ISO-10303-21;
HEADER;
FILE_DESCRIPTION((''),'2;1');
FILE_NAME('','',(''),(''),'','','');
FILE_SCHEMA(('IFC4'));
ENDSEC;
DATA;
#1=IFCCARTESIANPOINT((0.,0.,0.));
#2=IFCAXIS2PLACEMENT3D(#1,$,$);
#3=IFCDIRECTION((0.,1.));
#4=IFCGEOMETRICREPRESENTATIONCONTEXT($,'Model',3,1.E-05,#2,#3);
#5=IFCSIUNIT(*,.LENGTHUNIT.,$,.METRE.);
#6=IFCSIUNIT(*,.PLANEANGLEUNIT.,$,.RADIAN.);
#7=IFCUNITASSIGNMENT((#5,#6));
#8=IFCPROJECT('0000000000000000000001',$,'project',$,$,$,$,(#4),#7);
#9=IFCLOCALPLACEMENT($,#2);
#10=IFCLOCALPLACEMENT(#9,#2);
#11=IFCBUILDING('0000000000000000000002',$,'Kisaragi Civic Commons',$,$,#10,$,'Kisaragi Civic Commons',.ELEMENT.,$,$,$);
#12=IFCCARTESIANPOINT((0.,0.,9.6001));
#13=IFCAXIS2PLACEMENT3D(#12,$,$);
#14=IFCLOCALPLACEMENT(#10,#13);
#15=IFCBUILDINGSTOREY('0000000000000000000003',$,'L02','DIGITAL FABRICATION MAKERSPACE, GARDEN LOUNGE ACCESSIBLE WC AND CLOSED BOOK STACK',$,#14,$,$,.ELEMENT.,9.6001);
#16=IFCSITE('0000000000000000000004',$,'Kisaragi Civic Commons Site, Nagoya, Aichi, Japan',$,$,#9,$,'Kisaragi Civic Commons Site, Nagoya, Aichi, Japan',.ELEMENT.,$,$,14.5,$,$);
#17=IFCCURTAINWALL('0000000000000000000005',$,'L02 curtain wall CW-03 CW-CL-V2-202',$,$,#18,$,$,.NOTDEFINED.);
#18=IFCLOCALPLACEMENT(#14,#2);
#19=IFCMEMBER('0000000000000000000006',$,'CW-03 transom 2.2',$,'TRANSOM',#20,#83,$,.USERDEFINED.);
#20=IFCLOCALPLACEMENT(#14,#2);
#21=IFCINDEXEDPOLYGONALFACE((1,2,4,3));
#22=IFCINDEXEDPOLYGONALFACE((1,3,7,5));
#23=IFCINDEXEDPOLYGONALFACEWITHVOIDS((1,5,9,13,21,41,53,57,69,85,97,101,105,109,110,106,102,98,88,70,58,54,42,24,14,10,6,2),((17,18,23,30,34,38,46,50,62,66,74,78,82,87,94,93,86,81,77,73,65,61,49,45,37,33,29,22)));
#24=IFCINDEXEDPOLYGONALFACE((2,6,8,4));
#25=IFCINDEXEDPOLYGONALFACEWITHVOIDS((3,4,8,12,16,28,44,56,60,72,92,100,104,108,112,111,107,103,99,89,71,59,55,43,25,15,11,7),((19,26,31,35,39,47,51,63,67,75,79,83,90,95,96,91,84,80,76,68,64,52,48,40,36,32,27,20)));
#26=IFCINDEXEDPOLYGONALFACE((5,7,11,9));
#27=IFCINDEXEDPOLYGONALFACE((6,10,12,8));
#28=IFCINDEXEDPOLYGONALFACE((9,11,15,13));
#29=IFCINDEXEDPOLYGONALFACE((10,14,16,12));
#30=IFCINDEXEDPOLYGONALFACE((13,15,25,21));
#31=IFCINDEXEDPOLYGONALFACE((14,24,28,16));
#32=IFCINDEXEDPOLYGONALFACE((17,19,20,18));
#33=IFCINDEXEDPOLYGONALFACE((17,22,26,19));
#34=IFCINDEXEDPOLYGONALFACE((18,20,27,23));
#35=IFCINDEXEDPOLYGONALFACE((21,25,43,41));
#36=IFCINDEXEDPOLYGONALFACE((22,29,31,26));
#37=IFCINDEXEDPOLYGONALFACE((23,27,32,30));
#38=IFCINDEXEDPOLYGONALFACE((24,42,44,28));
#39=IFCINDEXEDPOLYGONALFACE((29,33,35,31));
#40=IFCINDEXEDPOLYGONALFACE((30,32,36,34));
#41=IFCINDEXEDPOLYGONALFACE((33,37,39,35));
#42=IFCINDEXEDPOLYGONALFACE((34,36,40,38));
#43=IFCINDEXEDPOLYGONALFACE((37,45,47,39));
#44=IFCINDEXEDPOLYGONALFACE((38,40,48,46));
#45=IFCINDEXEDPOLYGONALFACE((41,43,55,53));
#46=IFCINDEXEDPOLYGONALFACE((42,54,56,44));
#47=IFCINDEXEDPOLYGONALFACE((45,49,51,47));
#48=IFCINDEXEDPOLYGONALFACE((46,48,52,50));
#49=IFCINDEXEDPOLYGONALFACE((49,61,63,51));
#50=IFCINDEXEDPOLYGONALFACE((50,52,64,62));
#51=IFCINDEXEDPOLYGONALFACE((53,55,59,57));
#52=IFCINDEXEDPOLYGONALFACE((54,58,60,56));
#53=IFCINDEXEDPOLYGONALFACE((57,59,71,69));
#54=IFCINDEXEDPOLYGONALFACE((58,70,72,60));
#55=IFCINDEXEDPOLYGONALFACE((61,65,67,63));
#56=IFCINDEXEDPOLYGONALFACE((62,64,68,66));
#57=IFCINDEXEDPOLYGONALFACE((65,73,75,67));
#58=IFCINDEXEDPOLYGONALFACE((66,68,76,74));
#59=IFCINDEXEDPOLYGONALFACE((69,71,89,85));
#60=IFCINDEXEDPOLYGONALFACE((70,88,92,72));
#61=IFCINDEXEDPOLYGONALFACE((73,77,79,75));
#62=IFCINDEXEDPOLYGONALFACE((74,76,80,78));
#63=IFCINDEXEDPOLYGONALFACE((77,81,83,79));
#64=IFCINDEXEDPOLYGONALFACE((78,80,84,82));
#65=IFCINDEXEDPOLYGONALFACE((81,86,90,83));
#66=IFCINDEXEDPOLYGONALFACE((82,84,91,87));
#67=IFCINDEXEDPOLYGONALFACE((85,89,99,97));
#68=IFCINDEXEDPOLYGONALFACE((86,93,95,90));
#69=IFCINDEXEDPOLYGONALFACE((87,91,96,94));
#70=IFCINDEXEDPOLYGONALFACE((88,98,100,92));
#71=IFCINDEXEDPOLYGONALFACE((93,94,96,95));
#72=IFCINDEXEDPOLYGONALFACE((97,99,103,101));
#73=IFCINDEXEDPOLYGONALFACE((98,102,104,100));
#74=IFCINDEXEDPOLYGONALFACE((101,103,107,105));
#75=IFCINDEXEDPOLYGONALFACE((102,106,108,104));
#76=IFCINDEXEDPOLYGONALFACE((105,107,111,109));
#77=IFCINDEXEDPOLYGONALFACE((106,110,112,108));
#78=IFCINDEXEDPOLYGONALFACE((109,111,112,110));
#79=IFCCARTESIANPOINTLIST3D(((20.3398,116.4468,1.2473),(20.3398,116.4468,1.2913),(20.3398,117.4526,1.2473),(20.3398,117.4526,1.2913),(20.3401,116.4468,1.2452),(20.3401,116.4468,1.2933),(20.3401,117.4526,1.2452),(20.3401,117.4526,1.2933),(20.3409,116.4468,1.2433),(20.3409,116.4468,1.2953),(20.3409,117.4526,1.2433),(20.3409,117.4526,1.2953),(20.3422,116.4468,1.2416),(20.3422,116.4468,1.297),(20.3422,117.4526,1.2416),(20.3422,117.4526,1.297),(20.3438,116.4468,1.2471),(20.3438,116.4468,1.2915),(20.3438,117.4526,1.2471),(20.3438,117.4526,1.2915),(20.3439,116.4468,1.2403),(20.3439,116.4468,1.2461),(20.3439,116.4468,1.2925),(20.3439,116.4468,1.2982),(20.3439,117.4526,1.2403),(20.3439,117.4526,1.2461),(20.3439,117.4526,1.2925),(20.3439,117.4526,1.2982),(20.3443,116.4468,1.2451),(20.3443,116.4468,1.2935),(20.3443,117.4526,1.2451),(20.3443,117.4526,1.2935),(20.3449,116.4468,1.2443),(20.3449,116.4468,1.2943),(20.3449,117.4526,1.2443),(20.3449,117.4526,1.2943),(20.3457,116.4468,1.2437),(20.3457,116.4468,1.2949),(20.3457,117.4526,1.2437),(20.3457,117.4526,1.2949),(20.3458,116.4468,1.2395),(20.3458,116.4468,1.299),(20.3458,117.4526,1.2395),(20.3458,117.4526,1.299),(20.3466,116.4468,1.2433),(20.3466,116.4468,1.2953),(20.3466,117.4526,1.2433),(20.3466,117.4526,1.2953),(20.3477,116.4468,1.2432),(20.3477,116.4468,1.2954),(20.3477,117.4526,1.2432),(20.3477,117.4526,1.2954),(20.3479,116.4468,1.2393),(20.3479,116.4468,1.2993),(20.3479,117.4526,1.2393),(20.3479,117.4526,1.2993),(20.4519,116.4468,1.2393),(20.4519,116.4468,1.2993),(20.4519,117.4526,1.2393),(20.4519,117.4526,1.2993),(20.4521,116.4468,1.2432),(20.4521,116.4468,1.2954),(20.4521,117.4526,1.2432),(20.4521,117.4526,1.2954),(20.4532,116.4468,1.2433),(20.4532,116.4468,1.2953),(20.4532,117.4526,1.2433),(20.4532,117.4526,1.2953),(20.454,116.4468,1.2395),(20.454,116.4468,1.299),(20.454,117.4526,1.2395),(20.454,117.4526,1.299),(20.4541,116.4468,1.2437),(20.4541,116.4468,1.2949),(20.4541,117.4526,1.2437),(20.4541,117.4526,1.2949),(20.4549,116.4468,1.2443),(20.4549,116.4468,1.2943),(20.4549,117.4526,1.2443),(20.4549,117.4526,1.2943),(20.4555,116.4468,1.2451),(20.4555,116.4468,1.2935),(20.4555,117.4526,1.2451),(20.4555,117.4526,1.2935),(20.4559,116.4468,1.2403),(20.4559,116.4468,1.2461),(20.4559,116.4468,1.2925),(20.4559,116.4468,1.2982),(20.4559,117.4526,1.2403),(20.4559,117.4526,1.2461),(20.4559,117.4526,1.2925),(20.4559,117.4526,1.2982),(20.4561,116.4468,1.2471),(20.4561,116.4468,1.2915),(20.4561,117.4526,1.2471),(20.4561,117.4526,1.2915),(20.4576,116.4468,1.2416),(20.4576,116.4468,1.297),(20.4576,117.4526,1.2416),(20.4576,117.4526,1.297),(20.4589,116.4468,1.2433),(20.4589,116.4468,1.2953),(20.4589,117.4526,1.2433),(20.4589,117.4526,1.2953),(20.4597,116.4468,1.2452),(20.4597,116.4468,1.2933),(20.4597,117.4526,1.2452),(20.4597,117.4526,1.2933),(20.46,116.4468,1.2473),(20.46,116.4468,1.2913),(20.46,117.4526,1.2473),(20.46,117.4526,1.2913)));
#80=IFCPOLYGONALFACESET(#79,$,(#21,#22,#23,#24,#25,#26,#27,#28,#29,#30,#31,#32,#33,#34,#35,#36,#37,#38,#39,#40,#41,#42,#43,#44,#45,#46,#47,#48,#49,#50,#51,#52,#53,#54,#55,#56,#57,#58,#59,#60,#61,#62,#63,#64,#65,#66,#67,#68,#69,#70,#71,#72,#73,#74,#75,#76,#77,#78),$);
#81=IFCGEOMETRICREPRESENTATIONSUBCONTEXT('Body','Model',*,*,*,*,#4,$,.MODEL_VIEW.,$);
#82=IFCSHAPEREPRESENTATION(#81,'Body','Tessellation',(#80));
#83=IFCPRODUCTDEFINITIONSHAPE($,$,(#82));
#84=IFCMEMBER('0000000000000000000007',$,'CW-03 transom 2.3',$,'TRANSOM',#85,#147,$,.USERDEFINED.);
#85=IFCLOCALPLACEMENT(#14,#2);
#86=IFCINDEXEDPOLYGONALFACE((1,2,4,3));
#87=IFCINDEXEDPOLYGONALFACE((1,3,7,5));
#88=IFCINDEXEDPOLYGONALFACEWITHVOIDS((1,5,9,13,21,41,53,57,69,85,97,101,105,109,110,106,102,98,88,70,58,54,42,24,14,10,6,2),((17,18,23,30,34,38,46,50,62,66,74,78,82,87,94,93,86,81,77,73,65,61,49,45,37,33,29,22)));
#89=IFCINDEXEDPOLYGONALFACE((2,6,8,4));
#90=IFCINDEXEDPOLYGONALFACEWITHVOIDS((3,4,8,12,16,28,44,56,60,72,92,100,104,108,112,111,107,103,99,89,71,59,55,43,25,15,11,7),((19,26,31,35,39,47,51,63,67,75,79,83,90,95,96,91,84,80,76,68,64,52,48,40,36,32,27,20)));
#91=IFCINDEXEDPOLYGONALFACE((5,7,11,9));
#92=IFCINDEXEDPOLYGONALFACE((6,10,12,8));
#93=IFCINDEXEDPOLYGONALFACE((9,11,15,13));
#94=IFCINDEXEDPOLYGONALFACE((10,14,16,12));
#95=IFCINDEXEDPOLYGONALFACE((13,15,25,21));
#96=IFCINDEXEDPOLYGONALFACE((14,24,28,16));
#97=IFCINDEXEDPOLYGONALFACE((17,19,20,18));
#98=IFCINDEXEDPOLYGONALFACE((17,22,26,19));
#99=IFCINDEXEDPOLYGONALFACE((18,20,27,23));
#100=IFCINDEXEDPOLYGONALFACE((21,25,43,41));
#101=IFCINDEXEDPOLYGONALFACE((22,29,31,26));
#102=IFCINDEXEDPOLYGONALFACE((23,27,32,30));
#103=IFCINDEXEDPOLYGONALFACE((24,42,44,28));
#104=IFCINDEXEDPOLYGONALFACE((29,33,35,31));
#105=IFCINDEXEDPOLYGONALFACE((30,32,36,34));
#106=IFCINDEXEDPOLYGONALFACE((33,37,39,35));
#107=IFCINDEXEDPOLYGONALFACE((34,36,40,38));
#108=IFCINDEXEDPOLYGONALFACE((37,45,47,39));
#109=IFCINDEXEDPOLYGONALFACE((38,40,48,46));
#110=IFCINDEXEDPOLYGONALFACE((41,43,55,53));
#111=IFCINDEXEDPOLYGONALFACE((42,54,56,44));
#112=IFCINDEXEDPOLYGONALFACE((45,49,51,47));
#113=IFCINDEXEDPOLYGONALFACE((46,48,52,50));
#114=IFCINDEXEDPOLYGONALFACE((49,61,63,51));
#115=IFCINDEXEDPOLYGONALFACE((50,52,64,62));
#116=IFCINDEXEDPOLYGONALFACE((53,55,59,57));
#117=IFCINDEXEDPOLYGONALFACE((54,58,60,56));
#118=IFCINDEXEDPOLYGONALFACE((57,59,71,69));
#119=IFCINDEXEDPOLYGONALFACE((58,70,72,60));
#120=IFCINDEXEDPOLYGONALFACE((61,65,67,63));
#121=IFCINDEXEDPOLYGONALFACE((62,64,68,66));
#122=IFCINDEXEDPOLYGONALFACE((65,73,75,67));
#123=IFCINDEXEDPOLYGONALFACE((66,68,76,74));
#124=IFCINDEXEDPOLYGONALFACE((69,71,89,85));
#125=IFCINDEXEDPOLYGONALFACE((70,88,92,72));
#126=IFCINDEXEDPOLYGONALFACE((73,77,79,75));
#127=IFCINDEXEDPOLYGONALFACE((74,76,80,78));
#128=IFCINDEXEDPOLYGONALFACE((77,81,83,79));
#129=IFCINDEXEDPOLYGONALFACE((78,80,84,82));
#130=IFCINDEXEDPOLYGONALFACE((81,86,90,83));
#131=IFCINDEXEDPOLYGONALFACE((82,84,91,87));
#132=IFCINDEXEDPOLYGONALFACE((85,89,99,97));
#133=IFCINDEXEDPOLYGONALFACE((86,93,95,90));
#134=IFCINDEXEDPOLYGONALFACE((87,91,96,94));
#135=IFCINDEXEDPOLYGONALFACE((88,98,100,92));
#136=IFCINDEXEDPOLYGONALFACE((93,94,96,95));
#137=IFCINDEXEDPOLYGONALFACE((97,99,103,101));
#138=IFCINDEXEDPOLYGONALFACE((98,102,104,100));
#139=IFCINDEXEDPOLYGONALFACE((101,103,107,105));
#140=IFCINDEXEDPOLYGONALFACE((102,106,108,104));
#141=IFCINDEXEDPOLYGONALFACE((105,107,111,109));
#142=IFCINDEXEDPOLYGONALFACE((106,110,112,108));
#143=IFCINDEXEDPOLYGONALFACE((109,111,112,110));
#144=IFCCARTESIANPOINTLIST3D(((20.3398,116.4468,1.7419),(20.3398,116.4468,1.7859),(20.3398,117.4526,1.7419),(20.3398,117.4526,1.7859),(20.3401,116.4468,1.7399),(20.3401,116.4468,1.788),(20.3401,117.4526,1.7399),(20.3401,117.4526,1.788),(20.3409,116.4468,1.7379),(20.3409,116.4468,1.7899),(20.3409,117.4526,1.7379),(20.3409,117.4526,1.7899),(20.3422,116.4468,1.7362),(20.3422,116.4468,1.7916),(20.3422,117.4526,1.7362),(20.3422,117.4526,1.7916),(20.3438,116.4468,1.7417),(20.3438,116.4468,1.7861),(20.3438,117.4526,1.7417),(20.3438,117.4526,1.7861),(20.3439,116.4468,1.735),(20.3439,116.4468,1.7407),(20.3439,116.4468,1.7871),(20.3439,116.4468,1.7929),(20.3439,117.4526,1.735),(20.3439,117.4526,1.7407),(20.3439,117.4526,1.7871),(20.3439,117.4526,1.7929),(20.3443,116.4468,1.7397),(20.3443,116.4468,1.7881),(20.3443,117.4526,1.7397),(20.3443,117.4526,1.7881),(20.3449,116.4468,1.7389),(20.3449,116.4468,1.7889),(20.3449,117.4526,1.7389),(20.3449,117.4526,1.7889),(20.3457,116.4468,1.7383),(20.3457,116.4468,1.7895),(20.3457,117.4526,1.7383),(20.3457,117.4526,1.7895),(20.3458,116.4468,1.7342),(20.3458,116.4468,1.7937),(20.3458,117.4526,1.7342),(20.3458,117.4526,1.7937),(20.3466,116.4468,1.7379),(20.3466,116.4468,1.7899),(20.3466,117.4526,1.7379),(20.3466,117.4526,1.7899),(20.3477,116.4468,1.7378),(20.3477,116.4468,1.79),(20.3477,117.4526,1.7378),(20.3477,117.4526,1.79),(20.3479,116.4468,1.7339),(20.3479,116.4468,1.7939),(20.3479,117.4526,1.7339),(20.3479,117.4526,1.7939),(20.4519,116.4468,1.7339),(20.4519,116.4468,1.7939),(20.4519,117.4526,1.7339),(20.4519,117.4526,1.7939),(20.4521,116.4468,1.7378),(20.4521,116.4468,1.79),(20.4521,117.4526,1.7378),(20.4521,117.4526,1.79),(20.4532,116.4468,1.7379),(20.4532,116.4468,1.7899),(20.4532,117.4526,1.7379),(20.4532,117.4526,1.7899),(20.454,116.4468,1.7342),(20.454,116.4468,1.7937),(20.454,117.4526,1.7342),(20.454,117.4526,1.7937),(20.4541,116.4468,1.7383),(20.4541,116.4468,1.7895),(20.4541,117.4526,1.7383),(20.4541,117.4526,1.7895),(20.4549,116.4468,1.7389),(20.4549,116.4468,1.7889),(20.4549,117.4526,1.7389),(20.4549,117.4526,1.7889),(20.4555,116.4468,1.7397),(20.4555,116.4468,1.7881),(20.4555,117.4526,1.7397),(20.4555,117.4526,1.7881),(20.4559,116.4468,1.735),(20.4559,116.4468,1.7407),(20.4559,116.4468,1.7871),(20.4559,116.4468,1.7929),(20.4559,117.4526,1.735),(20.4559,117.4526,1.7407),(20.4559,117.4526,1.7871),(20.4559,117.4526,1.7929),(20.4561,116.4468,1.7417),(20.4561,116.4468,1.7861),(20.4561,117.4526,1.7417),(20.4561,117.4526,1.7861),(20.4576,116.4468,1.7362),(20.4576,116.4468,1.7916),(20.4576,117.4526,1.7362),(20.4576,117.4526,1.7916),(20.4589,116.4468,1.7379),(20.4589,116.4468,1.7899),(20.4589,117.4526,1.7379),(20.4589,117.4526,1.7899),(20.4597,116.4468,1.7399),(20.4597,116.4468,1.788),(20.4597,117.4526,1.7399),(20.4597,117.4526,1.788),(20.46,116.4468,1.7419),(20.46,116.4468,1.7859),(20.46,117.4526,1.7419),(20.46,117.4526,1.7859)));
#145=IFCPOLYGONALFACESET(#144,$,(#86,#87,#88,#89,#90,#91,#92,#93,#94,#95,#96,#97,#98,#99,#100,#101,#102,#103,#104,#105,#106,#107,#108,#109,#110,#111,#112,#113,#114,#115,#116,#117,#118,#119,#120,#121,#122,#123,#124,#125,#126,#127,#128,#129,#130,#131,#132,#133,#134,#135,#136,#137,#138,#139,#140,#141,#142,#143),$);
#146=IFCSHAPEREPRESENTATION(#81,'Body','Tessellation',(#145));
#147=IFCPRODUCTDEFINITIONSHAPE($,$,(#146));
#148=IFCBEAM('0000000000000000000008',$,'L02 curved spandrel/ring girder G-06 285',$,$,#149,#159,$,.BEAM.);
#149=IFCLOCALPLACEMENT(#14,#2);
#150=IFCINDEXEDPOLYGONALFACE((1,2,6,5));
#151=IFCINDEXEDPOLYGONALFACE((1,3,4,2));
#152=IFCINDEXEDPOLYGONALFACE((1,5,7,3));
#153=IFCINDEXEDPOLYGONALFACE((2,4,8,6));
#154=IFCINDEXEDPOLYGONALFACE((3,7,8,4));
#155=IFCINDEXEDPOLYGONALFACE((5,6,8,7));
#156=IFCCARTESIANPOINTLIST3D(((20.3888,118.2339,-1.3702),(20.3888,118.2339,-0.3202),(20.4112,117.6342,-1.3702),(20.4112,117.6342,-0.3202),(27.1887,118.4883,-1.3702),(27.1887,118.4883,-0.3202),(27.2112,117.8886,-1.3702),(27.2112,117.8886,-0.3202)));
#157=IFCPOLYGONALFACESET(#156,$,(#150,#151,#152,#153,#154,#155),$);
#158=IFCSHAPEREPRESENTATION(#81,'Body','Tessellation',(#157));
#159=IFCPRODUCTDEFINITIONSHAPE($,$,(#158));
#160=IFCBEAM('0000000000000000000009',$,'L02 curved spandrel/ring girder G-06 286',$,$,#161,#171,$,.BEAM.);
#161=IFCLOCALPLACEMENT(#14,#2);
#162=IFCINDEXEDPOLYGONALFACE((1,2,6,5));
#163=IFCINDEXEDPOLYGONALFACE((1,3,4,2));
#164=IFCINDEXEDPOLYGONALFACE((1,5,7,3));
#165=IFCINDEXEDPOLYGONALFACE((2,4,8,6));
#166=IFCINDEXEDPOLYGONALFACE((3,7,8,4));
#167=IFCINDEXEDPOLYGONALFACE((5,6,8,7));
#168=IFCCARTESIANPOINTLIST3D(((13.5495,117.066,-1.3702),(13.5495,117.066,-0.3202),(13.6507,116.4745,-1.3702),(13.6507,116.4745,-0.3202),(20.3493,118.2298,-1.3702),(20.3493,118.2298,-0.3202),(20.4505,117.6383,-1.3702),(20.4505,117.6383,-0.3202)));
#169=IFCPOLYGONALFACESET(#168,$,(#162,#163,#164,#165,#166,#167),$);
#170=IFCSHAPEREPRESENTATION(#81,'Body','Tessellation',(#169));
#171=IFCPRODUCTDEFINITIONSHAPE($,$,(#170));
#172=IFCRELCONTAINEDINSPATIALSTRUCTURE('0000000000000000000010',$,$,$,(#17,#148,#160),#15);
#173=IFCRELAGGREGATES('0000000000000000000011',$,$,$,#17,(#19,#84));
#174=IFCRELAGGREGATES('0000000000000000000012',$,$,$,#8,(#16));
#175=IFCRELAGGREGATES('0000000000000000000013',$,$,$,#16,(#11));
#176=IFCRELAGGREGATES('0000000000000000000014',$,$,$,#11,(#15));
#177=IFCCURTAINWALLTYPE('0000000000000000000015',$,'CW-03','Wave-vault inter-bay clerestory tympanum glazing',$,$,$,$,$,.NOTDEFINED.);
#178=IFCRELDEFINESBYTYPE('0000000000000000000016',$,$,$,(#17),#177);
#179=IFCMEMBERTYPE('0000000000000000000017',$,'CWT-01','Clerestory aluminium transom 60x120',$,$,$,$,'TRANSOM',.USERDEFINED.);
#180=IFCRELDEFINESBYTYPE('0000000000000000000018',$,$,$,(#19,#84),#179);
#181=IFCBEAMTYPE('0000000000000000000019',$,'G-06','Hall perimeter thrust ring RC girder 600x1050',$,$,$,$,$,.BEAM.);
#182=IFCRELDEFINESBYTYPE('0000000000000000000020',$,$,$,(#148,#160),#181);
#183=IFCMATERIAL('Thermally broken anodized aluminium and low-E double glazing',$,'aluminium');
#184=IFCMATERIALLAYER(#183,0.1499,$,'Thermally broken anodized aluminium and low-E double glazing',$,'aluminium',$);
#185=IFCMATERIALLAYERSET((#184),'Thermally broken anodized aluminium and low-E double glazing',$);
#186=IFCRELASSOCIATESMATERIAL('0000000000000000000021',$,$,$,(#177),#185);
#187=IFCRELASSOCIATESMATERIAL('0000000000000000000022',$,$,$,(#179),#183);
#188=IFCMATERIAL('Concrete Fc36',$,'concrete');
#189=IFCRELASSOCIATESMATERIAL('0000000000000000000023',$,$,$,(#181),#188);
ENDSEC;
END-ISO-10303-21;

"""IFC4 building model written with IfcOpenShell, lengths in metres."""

from ifc_helpers import new_model, si_unit, direction, frame, origin, origin_2d, place, context, subcontext, project, spatial, rectangle, hollow_rectangle, extrude, material, layer, layer_set, material_profile, profile_set, type_object, element, aggregate, save


model = new_model("IFC4")

# Units and contexts
model_context = context("Model", 3, precision=1e-05, world=origin(), true_north=direction((0.0, 1.0)))
body_context = subcontext(model_context, "Body", "Model", "MODEL_VIEW")
ifc_project = project(units=[si_unit("LENGTHUNIT", "METRE"), si_unit("PLANEANGLEUNIT", "RADIAN")], contexts=[model_context])

# Site, building, storey
site_placement = place(None, origin())
site = spatial("IfcSite", under=ifc_project, at=site_placement, Name="Kisaragi Civic Commons Site, Nagoya, Aichi, Japan", LongName="Kisaragi Civic Commons Site, Nagoya, Aichi, Japan", CompositionType="ELEMENT", RefElevation=14.5)
building_placement = place(site_placement, origin())
building = spatial("IfcBuilding", under=site, at=building_placement, Name="Kisaragi Civic Commons", LongName="Kisaragi Civic Commons", CompositionType="ELEMENT")
storey_placement = place(building_placement, frame((0.0, 0.0, 9.6001)))
storey = spatial("IfcBuildingStorey", under=building, at=storey_placement, Name="L02", Description="DIGITAL FABRICATION MAKERSPACE, GARDEN LOUNGE ACCESSIBLE WC AND CLOSED BOOK STACK", CompositionType="ELEMENT", Elevation=9.6001)

# Shared definitions
ifc_material_1 = material(Name="Thermally broken anodized aluminium and low-E double glazing", Category="aluminium")
ifc_layer_1 = layer(ifc_material_1, 0.1499, Name="Thermally broken anodized aluminium and low-E double glazing", Category="aluminium")
ifc_layer_set_1 = layer_set([ifc_layer_1], Name="Thermally broken anodized aluminium and low-E double glazing")
curtain_wall_type = type_object("IfcCurtainWallType", Name="CW-03", Description="Wave-vault inter-bay clerestory tympanum glazing", PredefinedType="NOTDEFINED", material=ifc_layer_set_1)

# Curtain wall, members
curtain_wall_1_placement = place(storey_placement, origin())
curtain_wall_1 = element("IfcCurtainWall", 1, at=curtain_wall_1_placement, inside=storey, type_object=curtain_wall_type, Name="L02 curtain wall CW-03 CW-CL-V2-202", PredefinedType="NOTDEFINED")
ifc_material_profile_1 = material_profile(ifc_material_1, hollow_rectangle(XDim=0.1201, YDim=0.0601, WallThickness=0.0039, InnerFilletRadius=0.0039, OuterFilletRadius=0.0081, at=origin_2d()), Name="CWT-60x120x4", Category="aluminium")
ifc_profile_set_1 = profile_set([ifc_material_profile_1], Name="Thermally broken anodized aluminium and low-E double glazing")
member_type_1 = type_object("IfcMemberType", Name="CWT-01", Description="Clerestory aluminium transom 60x120", ElementType="TRANSOM", PredefinedType="USERDEFINED", material=ifc_profile_set_1)
member_1_placement = place(storey_placement, frame((20.3999, 116.4468, 1.2693), z_axis=(0.0, 1.0, 0.0), x_axis=(-1.0, 0.0, 0.0)))
member_1 = element("IfcMember", 2, at=member_1_placement, type_object=member_type_1, Name="CW-03 transom 2.2", ObjectType="TRANSOM", PredefinedType="USERDEFINED", context=body_context, shape_type="SweptSolid", body=[
    extrude(hollow_rectangle(XDim=0.1201, YDim=0.0601, WallThickness=0.0039, InnerFilletRadius=0.0039, OuterFilletRadius=0.0081, at=origin_2d()), origin(), (0.0, 0.0, 1.0), 1.0059),
])
member_2_placement = place(storey_placement, frame((20.3999, 116.4468, 1.7639), z_axis=(0.0, 1.0, 0.0), x_axis=(-1.0, 0.0, 0.0)))
member_2 = element("IfcMember", 3, at=member_2_placement, type_object=member_type_1, Name="CW-03 transom 2.3", ObjectType="TRANSOM", PredefinedType="USERDEFINED", context=body_context, shape_type="SweptSolid", body=[
    extrude(hollow_rectangle(XDim=0.1201, YDim=0.0601, WallThickness=0.0039, InnerFilletRadius=0.0039, OuterFilletRadius=0.0081, at=origin_2d()), origin(), (0.0, 0.0, 1.0), 1.0059),
])

# Beams
ifc_material_2 = material(Name="Concrete Fc36", Category="concrete")
ifc_material_profile_2 = material_profile(ifc_material_2, rectangle(XDim=0.6001, YDim=1.05, at=origin_2d()), Name="RC-600x1050", Category="concrete")
ifc_profile_set_2 = profile_set([ifc_material_profile_2], Name="Concrete Fc36")
beam_type = type_object("IfcBeamType", Name="G-06", Description="Hall perimeter thrust ring RC girder 600x1050", PredefinedType="BEAM", material=ifc_profile_set_2)
beam_1_placement = place(storey_placement, frame((27.2, 118.1885, -0.8452), z_axis=(-0.999301, -0.037385, 0.0), x_axis=(0.037385, -0.999301, 0.0)))
element("IfcBeam", 4, at=beam_1_placement, inside=storey, type_object=beam_type, Name="L02 curved spandrel/ring girder G-06 285", PredefinedType="BEAM", context=body_context, shape_type="SweptSolid", body=[
    extrude(rectangle(XDim=0.6001, YDim=1.05, at=origin_2d()), origin(), (0.0, 0.0, 1.0), 6.8047),
])
beam_2_placement = place(storey_placement, frame((20.3999, 117.9341, -0.8452), z_axis=(-0.985667, -0.168702, 0.0), x_axis=(0.168702, -0.985667, 0.0)))
element("IfcBeam", 5, at=beam_2_placement, inside=storey, type_object=beam_type, Name="L02 curved spandrel/ring girder G-06 286", PredefinedType="BEAM", context=body_context, shape_type="SweptSolid", body=[
    extrude(rectangle(XDim=0.6001, YDim=1.05, at=origin_2d()), origin(), (0.0, 0.0, 1.0), 6.8987),
])

aggregate(curtain_wall_1, [member_1, member_2])

save(model, "model.ifc")
